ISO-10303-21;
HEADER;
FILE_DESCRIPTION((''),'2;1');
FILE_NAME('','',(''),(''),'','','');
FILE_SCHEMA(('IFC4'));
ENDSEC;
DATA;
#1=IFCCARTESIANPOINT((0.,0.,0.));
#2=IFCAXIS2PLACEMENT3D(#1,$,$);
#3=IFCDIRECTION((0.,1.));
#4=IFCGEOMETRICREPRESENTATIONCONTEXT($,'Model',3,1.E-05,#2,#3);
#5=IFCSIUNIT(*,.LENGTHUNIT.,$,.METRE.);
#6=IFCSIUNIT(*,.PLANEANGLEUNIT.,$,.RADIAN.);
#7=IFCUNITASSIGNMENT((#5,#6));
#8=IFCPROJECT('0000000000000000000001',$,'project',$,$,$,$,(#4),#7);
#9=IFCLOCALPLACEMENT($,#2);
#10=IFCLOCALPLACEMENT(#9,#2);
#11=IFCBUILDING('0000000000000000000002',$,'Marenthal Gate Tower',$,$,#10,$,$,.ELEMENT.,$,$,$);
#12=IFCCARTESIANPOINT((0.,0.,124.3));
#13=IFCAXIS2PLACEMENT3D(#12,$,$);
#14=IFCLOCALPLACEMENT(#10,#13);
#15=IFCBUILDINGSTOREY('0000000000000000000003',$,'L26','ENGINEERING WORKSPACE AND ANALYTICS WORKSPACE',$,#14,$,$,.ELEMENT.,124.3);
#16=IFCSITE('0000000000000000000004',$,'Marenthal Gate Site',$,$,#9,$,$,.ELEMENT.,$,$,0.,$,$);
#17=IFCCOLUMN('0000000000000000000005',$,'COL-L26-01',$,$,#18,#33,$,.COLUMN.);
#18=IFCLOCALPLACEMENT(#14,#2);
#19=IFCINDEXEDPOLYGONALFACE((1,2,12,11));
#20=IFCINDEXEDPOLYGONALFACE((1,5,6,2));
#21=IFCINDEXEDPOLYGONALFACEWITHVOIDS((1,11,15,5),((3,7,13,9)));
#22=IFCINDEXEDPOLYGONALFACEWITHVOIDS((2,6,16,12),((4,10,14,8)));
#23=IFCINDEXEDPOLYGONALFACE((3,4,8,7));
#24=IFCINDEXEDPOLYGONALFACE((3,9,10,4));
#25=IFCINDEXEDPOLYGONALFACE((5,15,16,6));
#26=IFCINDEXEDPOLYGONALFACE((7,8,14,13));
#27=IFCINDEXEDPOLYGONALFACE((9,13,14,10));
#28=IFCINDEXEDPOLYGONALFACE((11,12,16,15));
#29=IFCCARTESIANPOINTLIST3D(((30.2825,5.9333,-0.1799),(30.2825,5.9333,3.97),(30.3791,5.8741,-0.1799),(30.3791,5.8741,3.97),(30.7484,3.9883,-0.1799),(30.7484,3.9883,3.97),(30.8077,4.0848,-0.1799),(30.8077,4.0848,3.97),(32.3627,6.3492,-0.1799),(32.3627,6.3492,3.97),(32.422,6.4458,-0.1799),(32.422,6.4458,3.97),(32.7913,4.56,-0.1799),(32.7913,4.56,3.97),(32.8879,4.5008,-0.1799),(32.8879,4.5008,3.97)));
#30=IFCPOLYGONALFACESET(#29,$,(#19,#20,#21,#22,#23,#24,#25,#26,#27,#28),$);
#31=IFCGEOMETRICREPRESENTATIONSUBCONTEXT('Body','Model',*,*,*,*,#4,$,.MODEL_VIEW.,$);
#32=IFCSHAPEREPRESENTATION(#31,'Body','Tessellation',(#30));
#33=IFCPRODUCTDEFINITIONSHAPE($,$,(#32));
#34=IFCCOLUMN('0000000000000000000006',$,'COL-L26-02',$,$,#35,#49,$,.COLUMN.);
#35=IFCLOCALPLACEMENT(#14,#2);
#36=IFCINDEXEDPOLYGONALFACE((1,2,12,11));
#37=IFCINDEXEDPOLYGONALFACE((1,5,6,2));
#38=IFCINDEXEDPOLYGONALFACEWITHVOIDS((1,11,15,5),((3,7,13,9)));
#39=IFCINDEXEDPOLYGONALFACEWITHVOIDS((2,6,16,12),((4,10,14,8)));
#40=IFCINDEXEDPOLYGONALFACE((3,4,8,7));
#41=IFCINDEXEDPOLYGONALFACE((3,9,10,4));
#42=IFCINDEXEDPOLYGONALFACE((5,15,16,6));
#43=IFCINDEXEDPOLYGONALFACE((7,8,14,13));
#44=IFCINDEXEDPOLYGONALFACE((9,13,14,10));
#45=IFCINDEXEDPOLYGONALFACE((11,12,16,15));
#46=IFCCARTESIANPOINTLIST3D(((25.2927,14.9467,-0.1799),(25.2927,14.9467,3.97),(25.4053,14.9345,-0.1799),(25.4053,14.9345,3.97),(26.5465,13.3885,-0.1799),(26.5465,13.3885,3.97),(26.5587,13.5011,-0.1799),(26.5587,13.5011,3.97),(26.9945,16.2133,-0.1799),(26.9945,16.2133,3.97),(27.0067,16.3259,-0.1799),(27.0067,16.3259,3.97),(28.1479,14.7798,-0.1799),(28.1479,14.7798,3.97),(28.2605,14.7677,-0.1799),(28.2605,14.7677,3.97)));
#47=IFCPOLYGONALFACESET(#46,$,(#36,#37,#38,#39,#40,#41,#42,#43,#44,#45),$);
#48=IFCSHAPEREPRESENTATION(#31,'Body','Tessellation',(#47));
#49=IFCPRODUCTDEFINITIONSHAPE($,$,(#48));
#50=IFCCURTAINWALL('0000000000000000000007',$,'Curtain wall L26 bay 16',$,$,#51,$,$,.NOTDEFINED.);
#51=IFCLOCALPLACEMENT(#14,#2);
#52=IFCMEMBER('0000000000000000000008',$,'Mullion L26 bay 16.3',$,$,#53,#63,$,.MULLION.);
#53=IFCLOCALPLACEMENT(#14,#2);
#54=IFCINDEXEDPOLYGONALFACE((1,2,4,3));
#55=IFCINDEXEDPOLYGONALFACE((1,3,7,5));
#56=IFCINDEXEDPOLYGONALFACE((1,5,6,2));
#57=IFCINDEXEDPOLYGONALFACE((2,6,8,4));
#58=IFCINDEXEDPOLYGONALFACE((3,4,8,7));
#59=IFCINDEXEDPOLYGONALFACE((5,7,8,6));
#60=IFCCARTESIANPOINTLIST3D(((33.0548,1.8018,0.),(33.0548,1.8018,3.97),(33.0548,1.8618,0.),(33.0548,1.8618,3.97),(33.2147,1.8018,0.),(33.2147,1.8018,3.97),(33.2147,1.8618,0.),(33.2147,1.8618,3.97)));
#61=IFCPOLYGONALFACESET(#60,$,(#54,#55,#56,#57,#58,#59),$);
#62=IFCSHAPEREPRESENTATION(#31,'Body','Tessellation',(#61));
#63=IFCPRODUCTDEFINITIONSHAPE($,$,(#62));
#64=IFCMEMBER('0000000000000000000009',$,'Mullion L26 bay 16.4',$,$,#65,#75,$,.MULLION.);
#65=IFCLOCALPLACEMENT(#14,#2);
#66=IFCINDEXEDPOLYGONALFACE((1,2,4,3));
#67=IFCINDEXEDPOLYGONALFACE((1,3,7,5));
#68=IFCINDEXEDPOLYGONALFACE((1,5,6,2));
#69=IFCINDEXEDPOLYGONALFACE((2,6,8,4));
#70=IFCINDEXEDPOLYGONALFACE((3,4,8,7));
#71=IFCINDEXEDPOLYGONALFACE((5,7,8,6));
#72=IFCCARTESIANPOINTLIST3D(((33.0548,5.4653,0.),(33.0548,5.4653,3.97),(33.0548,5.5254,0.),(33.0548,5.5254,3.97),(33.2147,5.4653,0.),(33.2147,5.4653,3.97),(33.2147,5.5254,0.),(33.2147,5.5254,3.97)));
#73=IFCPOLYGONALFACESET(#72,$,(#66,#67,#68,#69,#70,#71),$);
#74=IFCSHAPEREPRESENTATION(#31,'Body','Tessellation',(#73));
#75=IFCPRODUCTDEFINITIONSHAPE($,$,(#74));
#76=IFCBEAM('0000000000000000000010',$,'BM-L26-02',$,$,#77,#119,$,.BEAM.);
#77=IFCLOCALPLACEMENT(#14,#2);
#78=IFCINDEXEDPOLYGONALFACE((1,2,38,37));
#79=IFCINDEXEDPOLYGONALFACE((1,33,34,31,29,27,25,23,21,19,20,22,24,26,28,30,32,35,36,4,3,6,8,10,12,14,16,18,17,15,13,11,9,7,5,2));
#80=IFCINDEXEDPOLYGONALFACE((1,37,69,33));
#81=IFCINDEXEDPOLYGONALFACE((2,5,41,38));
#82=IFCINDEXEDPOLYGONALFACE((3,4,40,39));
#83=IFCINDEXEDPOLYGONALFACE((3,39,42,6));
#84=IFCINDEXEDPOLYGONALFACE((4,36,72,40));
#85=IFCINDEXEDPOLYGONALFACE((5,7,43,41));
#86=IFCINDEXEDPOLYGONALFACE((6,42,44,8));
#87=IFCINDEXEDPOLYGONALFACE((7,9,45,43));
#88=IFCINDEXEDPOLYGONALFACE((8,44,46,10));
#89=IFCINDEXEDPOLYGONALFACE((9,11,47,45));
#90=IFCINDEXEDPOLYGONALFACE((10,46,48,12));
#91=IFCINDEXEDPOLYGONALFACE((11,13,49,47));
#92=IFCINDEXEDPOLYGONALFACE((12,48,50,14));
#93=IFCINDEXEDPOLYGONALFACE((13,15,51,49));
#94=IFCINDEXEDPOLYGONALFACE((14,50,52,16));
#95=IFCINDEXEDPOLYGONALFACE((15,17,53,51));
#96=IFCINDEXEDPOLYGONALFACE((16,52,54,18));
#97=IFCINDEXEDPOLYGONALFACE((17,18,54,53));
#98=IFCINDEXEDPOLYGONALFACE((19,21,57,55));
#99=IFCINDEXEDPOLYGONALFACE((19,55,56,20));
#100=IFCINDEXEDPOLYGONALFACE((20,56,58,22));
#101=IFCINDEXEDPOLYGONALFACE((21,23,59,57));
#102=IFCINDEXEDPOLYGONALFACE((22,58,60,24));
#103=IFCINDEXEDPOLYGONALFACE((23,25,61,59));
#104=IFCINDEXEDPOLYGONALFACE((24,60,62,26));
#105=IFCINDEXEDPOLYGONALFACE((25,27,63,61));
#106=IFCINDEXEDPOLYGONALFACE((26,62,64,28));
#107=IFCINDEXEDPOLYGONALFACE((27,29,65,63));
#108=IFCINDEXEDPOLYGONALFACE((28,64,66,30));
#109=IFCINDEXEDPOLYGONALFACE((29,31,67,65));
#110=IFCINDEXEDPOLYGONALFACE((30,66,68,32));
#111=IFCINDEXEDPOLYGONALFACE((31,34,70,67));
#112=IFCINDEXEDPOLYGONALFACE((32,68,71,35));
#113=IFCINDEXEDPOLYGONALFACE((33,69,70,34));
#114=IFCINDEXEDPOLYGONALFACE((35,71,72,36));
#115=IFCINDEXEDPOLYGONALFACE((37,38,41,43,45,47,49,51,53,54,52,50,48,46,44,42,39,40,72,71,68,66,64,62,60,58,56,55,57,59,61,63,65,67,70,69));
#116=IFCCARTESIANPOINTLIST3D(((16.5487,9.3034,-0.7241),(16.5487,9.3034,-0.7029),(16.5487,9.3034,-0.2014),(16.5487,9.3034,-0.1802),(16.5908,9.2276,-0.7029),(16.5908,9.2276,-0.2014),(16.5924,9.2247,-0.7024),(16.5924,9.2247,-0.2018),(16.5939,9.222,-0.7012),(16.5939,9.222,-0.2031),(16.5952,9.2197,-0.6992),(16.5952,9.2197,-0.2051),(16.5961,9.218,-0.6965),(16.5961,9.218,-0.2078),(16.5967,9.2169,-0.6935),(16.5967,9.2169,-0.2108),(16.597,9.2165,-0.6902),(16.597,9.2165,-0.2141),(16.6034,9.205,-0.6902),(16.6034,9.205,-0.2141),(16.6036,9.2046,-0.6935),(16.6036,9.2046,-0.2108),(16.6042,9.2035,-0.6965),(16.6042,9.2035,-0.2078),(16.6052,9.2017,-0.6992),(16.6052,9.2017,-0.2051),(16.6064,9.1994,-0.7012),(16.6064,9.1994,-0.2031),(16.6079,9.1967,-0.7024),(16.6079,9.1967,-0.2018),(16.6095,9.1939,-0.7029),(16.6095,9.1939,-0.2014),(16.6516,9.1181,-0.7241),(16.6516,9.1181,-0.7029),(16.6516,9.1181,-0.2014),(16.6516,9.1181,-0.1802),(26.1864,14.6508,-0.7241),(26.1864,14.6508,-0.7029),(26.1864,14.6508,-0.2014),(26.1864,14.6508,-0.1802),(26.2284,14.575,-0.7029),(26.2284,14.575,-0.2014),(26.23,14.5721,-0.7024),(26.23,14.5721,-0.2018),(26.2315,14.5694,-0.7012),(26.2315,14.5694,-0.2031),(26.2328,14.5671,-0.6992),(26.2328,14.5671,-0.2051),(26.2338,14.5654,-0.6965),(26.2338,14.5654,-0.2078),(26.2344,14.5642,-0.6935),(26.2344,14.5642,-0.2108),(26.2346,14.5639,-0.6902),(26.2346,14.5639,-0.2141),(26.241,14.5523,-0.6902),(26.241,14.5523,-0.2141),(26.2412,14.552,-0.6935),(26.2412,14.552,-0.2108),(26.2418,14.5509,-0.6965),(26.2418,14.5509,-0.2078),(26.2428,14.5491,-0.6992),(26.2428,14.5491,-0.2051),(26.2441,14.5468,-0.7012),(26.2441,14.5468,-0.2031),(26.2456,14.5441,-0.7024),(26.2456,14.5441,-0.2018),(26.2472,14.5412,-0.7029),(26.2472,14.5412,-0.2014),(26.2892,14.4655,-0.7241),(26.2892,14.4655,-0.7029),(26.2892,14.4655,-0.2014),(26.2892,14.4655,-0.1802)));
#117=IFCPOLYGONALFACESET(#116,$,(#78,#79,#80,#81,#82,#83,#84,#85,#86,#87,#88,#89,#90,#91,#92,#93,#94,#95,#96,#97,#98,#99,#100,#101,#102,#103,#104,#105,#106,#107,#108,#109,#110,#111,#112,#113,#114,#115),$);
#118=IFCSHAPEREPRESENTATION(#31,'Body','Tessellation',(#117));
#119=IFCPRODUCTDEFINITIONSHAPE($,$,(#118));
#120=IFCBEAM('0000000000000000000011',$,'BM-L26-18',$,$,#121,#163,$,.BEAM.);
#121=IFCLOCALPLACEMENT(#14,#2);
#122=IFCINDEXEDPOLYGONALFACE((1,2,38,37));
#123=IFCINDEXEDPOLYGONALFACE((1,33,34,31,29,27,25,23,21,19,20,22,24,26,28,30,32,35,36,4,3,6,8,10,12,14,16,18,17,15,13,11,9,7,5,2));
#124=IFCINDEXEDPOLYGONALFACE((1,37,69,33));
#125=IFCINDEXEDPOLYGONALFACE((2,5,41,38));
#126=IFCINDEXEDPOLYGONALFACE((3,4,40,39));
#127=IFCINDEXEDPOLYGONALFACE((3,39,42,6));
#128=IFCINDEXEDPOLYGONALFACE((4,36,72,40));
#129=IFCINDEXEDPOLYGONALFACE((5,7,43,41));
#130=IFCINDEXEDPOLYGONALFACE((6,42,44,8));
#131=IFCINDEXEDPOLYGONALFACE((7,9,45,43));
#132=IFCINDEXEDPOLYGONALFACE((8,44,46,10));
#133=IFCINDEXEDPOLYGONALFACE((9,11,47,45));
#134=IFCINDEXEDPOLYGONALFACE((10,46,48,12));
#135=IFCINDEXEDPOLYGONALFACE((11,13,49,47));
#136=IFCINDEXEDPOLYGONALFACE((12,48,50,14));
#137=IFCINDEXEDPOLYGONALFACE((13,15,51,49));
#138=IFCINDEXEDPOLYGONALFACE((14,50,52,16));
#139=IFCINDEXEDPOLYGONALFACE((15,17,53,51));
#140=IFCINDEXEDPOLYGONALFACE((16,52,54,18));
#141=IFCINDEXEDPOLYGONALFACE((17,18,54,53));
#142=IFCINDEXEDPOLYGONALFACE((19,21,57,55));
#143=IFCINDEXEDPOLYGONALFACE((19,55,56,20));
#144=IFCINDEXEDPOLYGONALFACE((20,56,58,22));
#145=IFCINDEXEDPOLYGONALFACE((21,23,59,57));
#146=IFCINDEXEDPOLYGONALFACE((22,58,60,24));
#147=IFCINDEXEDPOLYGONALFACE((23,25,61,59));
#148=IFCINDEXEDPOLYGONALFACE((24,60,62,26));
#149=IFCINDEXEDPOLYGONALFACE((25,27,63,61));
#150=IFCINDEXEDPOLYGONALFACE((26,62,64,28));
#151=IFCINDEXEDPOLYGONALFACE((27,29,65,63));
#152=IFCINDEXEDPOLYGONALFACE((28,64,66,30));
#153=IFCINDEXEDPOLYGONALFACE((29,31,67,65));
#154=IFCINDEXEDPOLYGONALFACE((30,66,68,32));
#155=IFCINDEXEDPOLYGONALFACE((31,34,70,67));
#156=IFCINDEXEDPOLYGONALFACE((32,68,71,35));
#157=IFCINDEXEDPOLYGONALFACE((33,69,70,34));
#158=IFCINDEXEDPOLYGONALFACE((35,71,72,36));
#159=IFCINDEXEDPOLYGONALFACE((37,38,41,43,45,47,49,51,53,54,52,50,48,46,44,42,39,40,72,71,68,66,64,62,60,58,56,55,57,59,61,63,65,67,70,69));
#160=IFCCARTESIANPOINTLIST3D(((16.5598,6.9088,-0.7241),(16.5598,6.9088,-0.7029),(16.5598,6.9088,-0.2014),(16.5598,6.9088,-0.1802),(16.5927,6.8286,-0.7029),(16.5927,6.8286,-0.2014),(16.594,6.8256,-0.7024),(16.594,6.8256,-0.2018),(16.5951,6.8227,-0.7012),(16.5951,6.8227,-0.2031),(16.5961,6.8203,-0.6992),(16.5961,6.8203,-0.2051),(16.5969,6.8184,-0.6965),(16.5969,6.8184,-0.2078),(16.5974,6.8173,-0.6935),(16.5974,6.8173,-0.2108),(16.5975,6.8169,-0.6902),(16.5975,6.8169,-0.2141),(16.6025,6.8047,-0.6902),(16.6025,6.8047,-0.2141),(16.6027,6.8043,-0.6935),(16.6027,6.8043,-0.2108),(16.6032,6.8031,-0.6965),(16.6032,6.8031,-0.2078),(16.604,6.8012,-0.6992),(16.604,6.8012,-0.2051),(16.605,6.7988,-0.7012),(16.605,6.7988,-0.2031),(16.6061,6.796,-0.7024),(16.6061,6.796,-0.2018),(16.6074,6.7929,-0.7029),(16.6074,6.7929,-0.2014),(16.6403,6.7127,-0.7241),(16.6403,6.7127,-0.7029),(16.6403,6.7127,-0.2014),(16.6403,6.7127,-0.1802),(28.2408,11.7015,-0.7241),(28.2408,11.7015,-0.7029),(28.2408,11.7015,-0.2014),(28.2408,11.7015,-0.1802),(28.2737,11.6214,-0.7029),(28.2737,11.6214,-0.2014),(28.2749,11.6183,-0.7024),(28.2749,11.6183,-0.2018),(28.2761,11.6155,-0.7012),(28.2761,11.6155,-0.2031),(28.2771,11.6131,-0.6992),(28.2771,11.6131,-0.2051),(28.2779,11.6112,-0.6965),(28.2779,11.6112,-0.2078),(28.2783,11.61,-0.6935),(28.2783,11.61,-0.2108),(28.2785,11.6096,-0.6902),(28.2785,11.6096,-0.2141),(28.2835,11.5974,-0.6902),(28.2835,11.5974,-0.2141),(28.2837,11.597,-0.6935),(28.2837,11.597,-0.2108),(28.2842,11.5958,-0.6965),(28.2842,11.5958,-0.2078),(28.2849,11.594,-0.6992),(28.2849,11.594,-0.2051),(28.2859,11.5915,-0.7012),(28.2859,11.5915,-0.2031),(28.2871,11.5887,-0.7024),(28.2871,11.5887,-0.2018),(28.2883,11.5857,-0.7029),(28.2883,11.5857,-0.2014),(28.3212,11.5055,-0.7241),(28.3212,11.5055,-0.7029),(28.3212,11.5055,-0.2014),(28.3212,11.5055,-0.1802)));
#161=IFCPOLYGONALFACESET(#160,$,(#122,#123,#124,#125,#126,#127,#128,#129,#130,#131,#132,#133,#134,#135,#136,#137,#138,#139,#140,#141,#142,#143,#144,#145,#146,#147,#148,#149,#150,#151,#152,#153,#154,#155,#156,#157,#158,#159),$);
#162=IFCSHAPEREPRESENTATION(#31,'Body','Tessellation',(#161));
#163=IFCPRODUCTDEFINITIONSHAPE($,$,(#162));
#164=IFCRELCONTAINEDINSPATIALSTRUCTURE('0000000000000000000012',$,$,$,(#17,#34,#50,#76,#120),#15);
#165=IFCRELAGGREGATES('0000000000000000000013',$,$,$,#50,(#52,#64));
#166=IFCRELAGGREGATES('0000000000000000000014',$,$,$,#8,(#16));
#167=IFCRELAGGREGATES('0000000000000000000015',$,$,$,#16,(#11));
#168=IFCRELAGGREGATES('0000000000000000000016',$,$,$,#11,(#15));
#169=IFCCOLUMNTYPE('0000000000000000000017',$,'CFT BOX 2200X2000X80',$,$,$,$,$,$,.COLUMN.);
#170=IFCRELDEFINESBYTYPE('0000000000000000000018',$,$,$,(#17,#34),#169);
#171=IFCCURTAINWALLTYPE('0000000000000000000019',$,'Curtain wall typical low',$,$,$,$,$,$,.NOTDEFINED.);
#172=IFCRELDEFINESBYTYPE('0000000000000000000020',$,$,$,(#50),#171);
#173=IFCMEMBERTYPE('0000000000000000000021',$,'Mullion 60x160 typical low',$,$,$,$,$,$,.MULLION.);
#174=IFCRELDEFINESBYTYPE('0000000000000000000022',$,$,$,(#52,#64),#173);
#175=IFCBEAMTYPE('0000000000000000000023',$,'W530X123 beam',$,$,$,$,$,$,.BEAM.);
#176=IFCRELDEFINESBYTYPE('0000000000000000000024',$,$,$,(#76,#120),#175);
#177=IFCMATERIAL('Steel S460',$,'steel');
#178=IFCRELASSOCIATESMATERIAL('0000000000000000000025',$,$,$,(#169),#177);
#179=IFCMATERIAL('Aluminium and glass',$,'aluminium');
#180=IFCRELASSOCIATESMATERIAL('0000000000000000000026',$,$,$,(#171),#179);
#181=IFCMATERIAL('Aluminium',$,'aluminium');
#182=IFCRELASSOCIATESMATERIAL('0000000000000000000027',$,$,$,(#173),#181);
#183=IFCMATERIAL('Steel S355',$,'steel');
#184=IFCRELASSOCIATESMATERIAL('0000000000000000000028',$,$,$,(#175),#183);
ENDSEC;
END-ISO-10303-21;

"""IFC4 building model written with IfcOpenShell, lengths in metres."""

from ifc_helpers import new_model, si_unit, direction, frame, origin, origin_2d, place, context, subcontext, project, spatial, rectangle, hollow_rectangle, i_section, extrude, material, material_profile, profile_set, type_object, element, aggregate, save


model = new_model("IFC4")

# Units and contexts
model_context = context("Model", 3, precision=1e-05, world=origin(), true_north=direction((0.0, 1.0)))
body_context = subcontext(model_context, "Body", "Model", "MODEL_VIEW")
ifc_project = project(units=[si_unit("LENGTHUNIT", "METRE"), si_unit("PLANEANGLEUNIT", "RADIAN")], contexts=[model_context])

# Site, building, storey
site_placement = place(None, origin())
site = spatial("IfcSite", under=ifc_project, at=site_placement, Name="Marenthal Gate Site", CompositionType="ELEMENT", RefElevation=0.0)
building_placement = place(site_placement, origin())
building = spatial("IfcBuilding", under=site, at=building_placement, Name="Marenthal Gate Tower", CompositionType="ELEMENT")
storey_placement = place(building_placement, frame((0.0, 0.0, 124.3)))
storey = spatial("IfcBuildingStorey", under=building, at=storey_placement, Name="L26", Description="ENGINEERING WORKSPACE AND ANALYTICS WORKSPACE", CompositionType="ELEMENT", Elevation=124.3)

# Columns
ifc_material_1 = material(Name="Steel S460", Category="steel")
ifc_material_profile_1 = material_profile(ifc_material_1, hollow_rectangle(XDim=2.0, YDim=2.2, WallThickness=0.0801, at=origin_2d()), Name="CFT BOX 2200X2000X80")
ifc_material_2 = material(Name="Concrete 70 MPa", Category="concrete")
ifc_material_profile_2 = material_profile(ifc_material_2, rectangle(XDim=1.8401, YDim=2.04, at=origin_2d()), Name="CFT BOX 2200X2000X80 INFILL")
ifc_profile_set_1 = profile_set([ifc_material_profile_1, ifc_material_profile_2], Name="Steel S460 shell, Concrete 70 MPa infill")
column_type = type_object("IfcColumnType", Name="CFT BOX 2200X2000X80", PredefinedType="COLUMN", material=ifc_profile_set_1)
for number, where, z_axis, x_axis, name in (
    (1, (31.5852, 5.217, -0.1799), (0.0, 0.0, 1.0), (0.23295, -0.972489, 0.0), "COL-L26-01"),
    (2, (26.7766, 14.8572, -0.1799), (0.0, 0.0, 1.0), (0.626903, -0.779097, 0.0), "COL-L26-02"),
):
    element("IfcColumn", number, at=place(storey_placement, frame(where, z_axis=z_axis, x_axis=x_axis)), inside=storey, type_object=column_type, Name=name, PredefinedType="COLUMN", context=body_context, shape_type="SweptSolid", body=[
        extrude(hollow_rectangle(XDim=2.0, YDim=2.2, WallThickness=0.0801, at=origin_2d()), origin(), (0.0, 0.0, 1.0), 4.1499),
    ])

# Curtain wall, members
ifc_material_3 = material(Name="Aluminium and glass", Category="aluminium")
curtain_wall_type = type_object("IfcCurtainWallType", Name="Curtain wall typical low", PredefinedType="NOTDEFINED", material=ifc_material_3)
curtain_wall_placement = place(storey_placement, origin())
curtain_wall = element("IfcCurtainWall", 3, at=curtain_wall_placement, inside=storey, type_object=curtain_wall_type, Name="Curtain wall L26 bay 16", PredefinedType="NOTDEFINED")
ifc_material_4 = material(Name="Aluminium", Category="aluminium")
ifc_material_profile_3 = material_profile(ifc_material_4, rectangle(XDim=0.1599, YDim=0.0601, at=origin_2d()), Name="60x160 aluminium mullion")
ifc_profile_set_2 = profile_set([ifc_material_profile_3], Name="Aluminium")
member_type = type_object("IfcMemberType", Name="Mullion 60x160 typical low", PredefinedType="MULLION", material=ifc_profile_set_2)
member_1_placement = place(storey_placement, frame((33.1348, 1.8318, 0.0), z_axis=(0.0, 0.0, 1.0), x_axis=(-1.0, 0.0, 0.0)))
member_1 = element("IfcMember", 4, at=member_1_placement, type_object=member_type, Name="Mullion L26 bay 16.3", PredefinedType="MULLION", context=body_context, shape_type="SweptSolid", body=[
    extrude(rectangle(XDim=0.1599, YDim=0.0601, at=origin_2d()), origin(), (0.0, 0.0, 1.0), 3.97),
])
member_2_placement = place(storey_placement, frame((33.1348, 5.4954, 0.0), z_axis=(0.0, 0.0, 1.0), x_axis=(-1.0, 0.0, 0.0)))
member_2 = element("IfcMember", 5, at=member_2_placement, type_object=member_type, Name="Mullion L26 bay 16.4", PredefinedType="MULLION", context=body_context, shape_type="SweptSolid", body=[
    extrude(rectangle(XDim=0.1599, YDim=0.0601, at=origin_2d()), origin(), (0.0, 0.0, 1.0), 3.97),
])

# Beams
ifc_material_5 = material(Name="Steel S355", Category="steel")
ifc_material_profile_4 = material_profile(ifc_material_5, i_section(OverallWidth=0.2119, OverallDepth=0.5439, WebThickness=0.0132, FlangeThickness=0.0212, FilletRadius=0.0127, at=origin_2d()), Name="W530X123")
ifc_profile_set_3 = profile_set([ifc_material_profile_4], Name="Steel S355")
beam_type_1 = type_object("IfcBeamType", Name="W530X123 beam", PredefinedType="BEAM", material=ifc_profile_set_3)
beam_1_placement = place(storey_placement, frame((26.2378, 14.5581, -0.4521), z_axis=(-0.874421, -0.485167, 0.0), x_axis=(0.485167, -0.874421, 0.0)))
element("IfcBeam", 6, at=beam_1_placement, inside=storey, type_object=beam_type_1, Name="BM-L26-02", PredefinedType="BEAM", context=body_context, shape_type="SweptSolid", body=[
    extrude(i_section(OverallWidth=0.2119, OverallDepth=0.5439, WebThickness=0.0132, FlangeThickness=0.0212, FilletRadius=0.0127, at=origin_2d()), origin(), (0.0, 0.0, 1.0), 11.0217),
])
beam_2_placement = place(storey_placement, frame((28.281, 11.6035, -0.4521), z_axis=(-0.925153, -0.379594, 0.0), x_axis=(0.379594, -0.925153, 0.0)))
element("IfcBeam", 7, at=beam_2_placement, inside=storey, type_object=beam_type_1, Name="BM-L26-18", PredefinedType="BEAM", context=body_context, shape_type="SweptSolid", body=[
    extrude(i_section(OverallWidth=0.2119, OverallDepth=0.5439, WebThickness=0.0132, FlangeThickness=0.0212, FilletRadius=0.0127, at=origin_2d()), origin(), (0.0, 0.0, 1.0), 12.626),
])

aggregate(curtain_wall, [member_1, member_2])

save(model, "model.ifc")
